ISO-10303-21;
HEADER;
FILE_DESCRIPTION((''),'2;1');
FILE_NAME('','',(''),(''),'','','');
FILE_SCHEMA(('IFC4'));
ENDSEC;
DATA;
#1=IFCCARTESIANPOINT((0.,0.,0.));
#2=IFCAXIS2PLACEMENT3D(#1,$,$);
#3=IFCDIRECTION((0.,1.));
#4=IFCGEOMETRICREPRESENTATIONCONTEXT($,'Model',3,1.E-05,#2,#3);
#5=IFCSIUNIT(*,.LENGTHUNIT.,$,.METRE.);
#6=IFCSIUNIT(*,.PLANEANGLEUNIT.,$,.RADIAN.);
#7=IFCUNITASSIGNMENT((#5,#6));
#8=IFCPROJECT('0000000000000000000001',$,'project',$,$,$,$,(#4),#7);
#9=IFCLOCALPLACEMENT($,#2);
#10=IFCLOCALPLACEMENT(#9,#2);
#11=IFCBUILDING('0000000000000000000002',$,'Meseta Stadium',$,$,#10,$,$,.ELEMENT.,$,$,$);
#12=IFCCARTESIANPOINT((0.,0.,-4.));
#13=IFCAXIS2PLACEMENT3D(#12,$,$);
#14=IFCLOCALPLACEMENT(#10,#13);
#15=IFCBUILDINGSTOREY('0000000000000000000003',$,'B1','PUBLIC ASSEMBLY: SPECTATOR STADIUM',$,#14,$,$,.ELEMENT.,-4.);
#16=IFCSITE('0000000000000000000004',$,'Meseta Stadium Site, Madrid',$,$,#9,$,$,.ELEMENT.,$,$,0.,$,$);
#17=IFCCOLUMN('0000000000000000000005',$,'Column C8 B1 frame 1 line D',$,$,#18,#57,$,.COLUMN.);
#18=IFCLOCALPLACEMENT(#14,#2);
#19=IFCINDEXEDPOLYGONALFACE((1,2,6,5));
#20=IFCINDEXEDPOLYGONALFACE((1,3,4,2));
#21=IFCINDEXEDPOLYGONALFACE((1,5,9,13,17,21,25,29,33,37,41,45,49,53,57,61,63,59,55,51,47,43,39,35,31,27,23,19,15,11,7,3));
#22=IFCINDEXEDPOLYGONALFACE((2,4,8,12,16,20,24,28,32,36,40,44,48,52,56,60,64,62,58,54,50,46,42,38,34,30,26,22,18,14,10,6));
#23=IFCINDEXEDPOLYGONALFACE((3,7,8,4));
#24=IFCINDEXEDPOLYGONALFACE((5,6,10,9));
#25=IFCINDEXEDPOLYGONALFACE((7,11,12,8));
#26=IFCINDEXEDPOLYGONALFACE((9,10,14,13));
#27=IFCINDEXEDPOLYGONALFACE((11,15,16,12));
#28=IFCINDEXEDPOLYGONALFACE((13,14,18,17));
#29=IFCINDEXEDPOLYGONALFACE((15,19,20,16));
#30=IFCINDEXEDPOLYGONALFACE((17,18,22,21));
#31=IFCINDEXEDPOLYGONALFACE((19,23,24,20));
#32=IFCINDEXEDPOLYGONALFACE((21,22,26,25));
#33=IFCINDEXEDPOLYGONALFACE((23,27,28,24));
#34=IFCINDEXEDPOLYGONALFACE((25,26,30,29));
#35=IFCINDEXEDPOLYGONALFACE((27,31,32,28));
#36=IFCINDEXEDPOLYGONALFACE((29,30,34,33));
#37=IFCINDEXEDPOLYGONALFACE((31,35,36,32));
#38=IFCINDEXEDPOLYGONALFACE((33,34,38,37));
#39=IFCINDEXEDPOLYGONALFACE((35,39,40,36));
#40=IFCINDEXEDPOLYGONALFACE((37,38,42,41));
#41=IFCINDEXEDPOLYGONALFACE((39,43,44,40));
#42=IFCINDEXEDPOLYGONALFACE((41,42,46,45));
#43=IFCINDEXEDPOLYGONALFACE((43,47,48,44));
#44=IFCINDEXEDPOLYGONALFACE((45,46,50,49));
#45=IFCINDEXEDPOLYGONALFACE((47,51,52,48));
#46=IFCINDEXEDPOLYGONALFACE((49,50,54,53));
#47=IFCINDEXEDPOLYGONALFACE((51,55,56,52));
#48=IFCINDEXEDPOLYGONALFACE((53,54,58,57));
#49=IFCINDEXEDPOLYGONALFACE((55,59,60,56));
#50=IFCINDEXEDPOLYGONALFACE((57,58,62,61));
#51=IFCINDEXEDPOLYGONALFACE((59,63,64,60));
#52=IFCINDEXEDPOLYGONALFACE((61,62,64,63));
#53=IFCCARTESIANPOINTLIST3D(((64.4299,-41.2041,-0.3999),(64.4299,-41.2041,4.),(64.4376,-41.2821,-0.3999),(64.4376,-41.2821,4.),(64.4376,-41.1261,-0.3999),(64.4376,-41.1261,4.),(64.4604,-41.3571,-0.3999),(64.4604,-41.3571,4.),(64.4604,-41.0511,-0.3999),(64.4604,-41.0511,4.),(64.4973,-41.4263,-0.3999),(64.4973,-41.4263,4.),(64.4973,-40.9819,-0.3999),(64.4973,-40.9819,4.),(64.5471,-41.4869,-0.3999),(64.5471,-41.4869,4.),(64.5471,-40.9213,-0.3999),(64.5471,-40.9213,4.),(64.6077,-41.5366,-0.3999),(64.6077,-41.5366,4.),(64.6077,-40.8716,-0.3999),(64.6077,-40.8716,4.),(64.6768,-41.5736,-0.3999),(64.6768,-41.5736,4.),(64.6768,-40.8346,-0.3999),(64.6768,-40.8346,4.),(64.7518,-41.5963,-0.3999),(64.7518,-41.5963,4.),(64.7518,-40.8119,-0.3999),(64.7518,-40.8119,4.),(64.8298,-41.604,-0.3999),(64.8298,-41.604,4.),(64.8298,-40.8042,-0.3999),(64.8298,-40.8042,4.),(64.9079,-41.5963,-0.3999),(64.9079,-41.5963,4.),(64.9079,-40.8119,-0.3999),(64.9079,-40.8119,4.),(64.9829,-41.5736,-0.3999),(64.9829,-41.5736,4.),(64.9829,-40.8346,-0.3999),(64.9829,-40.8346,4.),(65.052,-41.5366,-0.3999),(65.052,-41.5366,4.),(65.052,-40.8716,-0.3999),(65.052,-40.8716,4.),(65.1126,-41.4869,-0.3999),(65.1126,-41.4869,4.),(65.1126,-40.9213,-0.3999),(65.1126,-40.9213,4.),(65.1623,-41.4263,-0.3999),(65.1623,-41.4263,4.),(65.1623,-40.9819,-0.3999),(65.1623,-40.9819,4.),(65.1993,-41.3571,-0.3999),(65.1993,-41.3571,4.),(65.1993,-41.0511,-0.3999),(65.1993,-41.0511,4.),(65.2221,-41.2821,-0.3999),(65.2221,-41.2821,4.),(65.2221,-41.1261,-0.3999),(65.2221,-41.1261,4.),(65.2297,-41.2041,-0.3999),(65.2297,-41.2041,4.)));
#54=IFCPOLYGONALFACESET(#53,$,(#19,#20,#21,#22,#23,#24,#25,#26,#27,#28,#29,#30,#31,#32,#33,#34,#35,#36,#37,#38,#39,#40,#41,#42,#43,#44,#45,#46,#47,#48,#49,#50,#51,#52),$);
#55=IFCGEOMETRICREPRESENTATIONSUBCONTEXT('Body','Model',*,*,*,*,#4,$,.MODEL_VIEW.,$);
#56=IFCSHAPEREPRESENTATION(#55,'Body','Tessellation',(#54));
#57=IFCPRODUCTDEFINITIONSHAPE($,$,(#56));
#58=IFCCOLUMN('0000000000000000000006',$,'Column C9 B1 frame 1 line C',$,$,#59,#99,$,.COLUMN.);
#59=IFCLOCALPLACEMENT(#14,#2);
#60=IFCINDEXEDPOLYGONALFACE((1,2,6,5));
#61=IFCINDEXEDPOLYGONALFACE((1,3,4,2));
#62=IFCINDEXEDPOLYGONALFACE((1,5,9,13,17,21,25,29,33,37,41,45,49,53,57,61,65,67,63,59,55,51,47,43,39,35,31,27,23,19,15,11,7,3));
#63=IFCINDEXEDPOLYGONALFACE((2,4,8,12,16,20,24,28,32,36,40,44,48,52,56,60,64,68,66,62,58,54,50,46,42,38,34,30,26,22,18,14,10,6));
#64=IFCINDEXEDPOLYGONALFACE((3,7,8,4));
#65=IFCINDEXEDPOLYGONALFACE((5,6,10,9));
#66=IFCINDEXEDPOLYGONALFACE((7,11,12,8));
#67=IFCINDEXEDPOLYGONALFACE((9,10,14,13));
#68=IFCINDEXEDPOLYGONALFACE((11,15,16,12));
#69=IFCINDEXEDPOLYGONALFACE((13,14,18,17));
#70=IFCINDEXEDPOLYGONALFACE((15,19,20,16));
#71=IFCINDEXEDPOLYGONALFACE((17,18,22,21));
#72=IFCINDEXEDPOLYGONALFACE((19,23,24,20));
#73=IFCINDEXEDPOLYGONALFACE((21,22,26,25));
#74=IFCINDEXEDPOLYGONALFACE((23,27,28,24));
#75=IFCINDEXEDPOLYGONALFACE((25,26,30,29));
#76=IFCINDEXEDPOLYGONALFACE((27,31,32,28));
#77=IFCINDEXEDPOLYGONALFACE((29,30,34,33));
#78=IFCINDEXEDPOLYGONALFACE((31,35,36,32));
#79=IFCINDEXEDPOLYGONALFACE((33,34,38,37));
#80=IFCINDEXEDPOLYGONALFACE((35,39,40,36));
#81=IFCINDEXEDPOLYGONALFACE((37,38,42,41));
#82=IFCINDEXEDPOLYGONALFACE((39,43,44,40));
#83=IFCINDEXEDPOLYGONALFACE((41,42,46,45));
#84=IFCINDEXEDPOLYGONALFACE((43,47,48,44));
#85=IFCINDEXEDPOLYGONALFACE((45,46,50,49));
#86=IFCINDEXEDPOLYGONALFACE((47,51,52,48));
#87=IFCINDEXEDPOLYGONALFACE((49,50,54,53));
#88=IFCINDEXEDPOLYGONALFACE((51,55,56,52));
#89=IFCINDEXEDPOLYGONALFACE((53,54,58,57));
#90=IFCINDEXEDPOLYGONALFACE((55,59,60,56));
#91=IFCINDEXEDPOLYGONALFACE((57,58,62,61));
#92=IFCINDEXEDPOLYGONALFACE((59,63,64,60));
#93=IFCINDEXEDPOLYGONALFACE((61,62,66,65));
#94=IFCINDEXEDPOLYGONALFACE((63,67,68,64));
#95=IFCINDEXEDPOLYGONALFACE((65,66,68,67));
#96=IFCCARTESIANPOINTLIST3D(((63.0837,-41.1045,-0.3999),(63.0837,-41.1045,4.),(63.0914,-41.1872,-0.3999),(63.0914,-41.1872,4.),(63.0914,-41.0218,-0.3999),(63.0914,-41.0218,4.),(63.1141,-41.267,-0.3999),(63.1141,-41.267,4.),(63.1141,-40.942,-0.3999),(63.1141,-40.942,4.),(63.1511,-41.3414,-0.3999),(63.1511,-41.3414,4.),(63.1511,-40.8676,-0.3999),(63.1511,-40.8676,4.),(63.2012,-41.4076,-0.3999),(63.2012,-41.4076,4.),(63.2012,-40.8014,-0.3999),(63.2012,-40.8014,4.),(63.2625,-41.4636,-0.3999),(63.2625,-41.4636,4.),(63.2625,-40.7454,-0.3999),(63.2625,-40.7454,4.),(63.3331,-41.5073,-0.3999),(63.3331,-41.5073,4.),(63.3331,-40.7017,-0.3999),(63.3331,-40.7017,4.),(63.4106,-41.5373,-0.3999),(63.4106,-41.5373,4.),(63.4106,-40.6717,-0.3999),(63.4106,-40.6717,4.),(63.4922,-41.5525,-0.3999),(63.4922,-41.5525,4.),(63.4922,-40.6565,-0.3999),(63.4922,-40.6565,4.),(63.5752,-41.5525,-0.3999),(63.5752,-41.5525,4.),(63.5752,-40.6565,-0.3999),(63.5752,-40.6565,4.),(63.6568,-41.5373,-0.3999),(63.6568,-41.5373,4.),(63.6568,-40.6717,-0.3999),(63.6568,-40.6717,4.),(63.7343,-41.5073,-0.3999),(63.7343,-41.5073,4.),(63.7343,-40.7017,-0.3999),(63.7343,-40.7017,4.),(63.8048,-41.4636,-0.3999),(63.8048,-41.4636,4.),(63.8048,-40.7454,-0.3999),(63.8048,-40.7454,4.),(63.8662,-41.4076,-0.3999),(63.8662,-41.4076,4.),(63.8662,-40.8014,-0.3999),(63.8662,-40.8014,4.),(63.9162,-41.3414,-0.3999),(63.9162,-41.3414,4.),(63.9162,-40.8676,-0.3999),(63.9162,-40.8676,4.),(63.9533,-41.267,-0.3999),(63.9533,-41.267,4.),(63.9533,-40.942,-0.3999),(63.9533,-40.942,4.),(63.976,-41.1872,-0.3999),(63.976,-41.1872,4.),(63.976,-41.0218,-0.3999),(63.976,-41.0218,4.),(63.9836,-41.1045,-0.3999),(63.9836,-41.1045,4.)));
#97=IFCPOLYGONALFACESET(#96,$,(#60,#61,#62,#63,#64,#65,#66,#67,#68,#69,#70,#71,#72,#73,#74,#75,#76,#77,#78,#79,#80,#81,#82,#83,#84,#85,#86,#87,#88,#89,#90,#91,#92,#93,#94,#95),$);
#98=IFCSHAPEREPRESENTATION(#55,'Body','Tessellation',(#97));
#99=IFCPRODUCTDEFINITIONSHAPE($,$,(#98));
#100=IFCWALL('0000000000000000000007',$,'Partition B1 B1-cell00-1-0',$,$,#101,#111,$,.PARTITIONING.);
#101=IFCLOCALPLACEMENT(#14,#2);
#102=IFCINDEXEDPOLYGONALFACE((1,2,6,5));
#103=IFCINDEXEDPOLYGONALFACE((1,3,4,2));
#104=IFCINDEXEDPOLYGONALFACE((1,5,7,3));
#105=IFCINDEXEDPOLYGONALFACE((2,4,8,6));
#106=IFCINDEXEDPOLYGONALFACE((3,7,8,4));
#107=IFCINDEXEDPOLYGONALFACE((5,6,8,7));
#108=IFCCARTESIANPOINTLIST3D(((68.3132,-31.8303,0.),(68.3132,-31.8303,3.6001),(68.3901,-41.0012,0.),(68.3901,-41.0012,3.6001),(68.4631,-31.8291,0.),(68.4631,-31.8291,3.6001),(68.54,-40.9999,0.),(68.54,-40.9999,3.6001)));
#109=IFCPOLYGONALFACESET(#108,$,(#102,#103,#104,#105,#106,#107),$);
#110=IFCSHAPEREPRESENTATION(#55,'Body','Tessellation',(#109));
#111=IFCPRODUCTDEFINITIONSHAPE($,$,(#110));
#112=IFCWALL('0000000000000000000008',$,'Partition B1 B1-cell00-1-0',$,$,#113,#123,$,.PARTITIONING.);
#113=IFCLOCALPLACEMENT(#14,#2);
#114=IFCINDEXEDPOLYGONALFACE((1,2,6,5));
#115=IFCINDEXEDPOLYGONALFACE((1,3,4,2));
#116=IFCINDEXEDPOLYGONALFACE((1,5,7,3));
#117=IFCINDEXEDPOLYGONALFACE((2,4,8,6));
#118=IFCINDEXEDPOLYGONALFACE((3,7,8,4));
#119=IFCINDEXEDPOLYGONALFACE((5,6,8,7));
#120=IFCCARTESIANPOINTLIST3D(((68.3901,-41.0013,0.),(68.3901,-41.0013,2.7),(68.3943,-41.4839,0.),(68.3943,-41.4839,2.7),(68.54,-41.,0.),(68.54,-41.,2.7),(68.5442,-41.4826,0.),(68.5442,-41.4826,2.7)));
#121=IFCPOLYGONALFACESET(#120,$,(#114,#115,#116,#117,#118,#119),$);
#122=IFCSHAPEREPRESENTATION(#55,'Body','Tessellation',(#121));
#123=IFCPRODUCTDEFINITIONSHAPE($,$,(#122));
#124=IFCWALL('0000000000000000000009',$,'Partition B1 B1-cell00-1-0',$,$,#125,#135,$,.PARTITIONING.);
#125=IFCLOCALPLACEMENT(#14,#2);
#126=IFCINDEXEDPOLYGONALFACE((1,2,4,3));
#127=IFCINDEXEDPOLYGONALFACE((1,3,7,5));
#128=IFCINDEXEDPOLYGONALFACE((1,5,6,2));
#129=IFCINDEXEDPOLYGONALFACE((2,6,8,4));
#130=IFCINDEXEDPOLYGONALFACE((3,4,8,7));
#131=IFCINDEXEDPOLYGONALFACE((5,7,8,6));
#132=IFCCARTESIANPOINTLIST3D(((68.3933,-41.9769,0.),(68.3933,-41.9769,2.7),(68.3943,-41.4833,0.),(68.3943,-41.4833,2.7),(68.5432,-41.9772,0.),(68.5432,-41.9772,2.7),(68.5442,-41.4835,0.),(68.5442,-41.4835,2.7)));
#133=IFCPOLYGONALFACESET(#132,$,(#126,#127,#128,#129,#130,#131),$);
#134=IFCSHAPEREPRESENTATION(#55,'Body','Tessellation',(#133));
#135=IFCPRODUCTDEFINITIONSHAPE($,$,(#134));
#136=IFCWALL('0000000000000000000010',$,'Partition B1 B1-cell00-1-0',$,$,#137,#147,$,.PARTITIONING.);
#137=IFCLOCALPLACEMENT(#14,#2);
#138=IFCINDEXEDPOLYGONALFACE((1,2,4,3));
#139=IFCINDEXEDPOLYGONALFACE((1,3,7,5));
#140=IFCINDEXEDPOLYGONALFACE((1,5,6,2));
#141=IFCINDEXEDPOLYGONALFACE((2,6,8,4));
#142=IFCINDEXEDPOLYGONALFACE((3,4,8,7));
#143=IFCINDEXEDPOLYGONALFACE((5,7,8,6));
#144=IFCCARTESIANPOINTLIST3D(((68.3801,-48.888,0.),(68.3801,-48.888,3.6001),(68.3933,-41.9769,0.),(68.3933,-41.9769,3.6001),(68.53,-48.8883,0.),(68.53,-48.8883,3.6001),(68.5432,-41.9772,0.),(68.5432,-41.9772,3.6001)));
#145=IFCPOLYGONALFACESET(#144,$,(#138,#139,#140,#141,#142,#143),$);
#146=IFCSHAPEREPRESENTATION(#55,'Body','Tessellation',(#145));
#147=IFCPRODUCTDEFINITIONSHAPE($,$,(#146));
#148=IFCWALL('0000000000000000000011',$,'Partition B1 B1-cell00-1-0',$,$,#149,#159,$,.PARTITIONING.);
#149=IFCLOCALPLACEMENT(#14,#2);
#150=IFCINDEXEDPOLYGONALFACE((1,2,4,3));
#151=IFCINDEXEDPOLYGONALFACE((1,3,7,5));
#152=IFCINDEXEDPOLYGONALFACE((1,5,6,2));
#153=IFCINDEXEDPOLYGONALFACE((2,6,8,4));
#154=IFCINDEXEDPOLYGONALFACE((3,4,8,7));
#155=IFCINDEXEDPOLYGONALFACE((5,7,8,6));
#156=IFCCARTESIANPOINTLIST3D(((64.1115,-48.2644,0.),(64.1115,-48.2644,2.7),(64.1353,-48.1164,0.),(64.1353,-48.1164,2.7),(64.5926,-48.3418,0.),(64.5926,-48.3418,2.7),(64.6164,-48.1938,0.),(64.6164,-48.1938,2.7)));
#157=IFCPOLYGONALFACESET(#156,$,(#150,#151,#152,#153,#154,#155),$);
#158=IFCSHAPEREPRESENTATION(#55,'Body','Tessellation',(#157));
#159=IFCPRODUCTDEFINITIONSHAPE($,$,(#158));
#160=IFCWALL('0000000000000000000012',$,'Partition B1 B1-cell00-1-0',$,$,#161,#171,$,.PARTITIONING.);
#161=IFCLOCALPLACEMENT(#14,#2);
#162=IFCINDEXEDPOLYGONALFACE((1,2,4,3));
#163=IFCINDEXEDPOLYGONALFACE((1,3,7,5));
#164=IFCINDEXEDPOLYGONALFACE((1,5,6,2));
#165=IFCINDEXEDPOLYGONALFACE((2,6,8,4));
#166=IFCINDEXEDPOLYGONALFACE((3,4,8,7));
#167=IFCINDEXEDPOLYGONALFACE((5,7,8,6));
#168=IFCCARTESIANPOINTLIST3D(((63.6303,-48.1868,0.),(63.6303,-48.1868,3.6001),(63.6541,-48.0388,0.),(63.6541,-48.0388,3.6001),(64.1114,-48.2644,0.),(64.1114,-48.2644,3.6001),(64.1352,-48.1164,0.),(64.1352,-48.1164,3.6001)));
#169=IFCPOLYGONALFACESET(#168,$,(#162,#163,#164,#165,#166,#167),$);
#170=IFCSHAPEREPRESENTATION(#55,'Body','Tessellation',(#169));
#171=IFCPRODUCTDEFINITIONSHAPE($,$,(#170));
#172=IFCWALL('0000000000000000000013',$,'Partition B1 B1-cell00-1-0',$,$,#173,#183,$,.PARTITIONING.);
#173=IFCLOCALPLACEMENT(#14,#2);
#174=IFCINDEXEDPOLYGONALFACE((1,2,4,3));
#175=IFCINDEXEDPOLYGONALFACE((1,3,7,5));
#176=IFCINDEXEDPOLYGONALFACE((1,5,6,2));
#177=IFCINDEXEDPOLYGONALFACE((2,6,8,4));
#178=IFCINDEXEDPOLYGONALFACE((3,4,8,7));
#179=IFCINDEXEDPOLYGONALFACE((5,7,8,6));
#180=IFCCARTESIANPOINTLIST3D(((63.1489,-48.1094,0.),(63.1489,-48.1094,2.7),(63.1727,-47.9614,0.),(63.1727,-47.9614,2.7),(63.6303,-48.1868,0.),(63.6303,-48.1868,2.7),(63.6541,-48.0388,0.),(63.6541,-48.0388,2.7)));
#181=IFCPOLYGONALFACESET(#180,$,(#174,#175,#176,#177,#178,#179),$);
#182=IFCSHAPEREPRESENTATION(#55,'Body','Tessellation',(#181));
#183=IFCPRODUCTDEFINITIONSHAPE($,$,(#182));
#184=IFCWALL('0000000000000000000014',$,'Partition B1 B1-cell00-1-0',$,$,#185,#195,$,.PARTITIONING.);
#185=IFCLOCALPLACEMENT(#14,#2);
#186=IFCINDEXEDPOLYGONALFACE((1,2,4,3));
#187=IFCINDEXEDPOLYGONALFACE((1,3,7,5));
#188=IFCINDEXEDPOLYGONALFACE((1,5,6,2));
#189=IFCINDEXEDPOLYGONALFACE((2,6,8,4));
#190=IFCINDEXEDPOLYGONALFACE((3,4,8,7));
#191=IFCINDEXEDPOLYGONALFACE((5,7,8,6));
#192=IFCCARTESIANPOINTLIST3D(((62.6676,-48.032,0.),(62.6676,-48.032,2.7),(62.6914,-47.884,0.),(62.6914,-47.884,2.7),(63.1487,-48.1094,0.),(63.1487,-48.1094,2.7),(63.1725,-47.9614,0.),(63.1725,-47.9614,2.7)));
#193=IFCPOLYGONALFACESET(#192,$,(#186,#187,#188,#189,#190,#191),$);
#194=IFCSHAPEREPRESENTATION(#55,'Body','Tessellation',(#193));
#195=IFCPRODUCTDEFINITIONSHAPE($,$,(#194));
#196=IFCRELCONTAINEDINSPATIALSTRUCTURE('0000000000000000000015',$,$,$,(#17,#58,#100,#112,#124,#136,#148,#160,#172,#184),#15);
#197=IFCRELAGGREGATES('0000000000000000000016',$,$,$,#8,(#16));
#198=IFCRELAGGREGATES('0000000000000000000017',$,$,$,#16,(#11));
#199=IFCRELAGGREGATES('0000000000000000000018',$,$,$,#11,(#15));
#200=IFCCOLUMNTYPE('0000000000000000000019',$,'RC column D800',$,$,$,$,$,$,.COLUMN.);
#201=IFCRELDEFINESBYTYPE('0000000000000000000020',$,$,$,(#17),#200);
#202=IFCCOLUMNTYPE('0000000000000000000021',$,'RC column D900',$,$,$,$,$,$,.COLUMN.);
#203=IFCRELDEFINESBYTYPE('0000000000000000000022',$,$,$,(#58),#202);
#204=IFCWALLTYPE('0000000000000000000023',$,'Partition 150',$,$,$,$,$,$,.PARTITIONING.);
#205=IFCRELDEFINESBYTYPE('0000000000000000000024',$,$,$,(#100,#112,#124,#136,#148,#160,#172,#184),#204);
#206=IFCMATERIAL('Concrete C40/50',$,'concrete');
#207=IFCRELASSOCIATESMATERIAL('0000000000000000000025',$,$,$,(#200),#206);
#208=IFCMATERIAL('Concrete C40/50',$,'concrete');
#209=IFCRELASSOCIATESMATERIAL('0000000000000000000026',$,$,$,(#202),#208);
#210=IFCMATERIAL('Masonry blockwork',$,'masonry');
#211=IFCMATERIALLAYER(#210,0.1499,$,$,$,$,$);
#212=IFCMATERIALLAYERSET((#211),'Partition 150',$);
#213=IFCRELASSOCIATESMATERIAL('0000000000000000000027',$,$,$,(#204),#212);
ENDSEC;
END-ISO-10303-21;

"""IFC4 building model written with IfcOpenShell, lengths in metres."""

from ifc_helpers import new_model, si_unit, direction, frame, frame_2d, origin, origin_2d, place, context, subcontext, project, spatial, rectangle, circle, extrude, material, layer, layer_set, material_profile, profile_set, type_object, element, save


model = new_model("IFC4")

# Units and contexts
model_context = context("Model", 3, precision=1e-05, world=origin(), true_north=direction((0.0, 1.0)))
body_context = subcontext(model_context, "Body", "Model", "MODEL_VIEW")
ifc_project = project(units=[si_unit("LENGTHUNIT", "METRE"), si_unit("PLANEANGLEUNIT", "RADIAN")], contexts=[model_context])

# Site, building, storey
site_placement = place(None, origin())
site = spatial("IfcSite", under=ifc_project, at=site_placement, Name="Meseta Stadium Site, Madrid", CompositionType="ELEMENT", RefElevation=0.0)
building_placement = place(site_placement, origin())
building = spatial("IfcBuilding", under=site, at=building_placement, Name="Meseta Stadium", CompositionType="ELEMENT")
storey_placement = place(building_placement, frame((0.0, 0.0, -4.0)))
storey = spatial("IfcBuildingStorey", under=building, at=storey_placement, Name="B1", Description="PUBLIC ASSEMBLY: SPECTATOR STADIUM", CompositionType="ELEMENT", Elevation=-4.0)

# Columns
ifc_material_1 = material(Name="Concrete C40/50", Category="concrete")
ifc_material_profile_1 = material_profile(ifc_material_1, circle(Radius=0.3999, at=origin_2d()), Name="RC D800")
ifc_profile_set_1 = profile_set([ifc_material_profile_1], Name="Concrete C40/50")
column_type_1 = type_object("IfcColumnType", Name="RC column D800", PredefinedType="COLUMN", material=ifc_profile_set_1)
column_1_placement = place(storey_placement, frame((64.8298, -41.2041, -0.3999), z_axis=(0.0, 0.0, 1.0), x_axis=(1.0, 0.0, 0.0)))
element("IfcColumn", 1, at=column_1_placement, inside=storey, type_object=column_type_1, Name="Column C8 B1 frame 1 line D", PredefinedType="COLUMN", context=body_context, shape_type="SweptSolid", body=[
    extrude(circle(Radius=0.3999, at=origin_2d()), origin(), (0.0, 0.0, 1.0), 4.3999),
])
ifc_material_2 = material(Name="Concrete C40/50", Category="concrete")
ifc_material_profile_2 = material_profile(ifc_material_2, circle(Radius=0.45, at=origin_2d()), Name="RC D900")
ifc_profile_set_2 = profile_set([ifc_material_profile_2], Name="Concrete C40/50")
column_type_2 = type_object("IfcColumnType", Name="RC column D900", PredefinedType="COLUMN", material=ifc_profile_set_2)
column_2_placement = place(storey_placement, frame((63.5337, -41.1045, -0.3999), z_axis=(0.0, 0.0, 1.0), x_axis=(1.0, 0.0, 0.0)))
element("IfcColumn", 2, at=column_2_placement, inside=storey, type_object=column_type_2, Name="Column C9 B1 frame 1 line C", PredefinedType="COLUMN", context=body_context, shape_type="SweptSolid", body=[
    extrude(circle(Radius=0.45, at=origin_2d()), origin(), (0.0, 0.0, 1.0), 4.3999),
])

# Walls
ifc_material_3 = material(Name="Masonry blockwork", Category="masonry")
ifc_layer = layer(ifc_material_3, 0.1499)
ifc_layer_set = layer_set([ifc_layer], Name="Partition 150")
wall_type = type_object("IfcWallType", Name="Partition 150", PredefinedType="PARTITIONING", material=ifc_layer_set)
wall_1_placement = place(storey_placement, frame((68.3882, -31.8298, 0.0), z_axis=(0.0, 0.0, 1.0), x_axis=(0.008385, -0.999965, 0.0)))
element("IfcWall", 3, at=wall_1_placement, inside=storey, type_object=wall_type, Name="Partition B1 B1-cell00-1-0", PredefinedType="PARTITIONING", context=body_context, shape_type="SweptSolid", body=[
    extrude(rectangle(XDim=9.1711, YDim=0.1499, at=frame_2d((4.5854, 0.0))), origin(), (0.0, 0.0, 1.0), 3.6001),
])
wall_2_placement = place(storey_placement, frame((68.4651, -41.0007, 0.0), z_axis=(0.0, 0.0, 1.0), x_axis=(0.008599, -0.999963, 0.0)))
element("IfcWall", 4, at=wall_2_placement, inside=storey, type_object=wall_type, Name="Partition B1 B1-cell00-1-0", PredefinedType="PARTITIONING", context=body_context, shape_type="SweptSolid", body=[
    extrude(rectangle(XDim=0.4827, YDim=0.1499, at=frame_2d((0.2412, 0.0))), origin(), (0.0, 0.0, 1.0), 2.7),
])
wall_3_placement = place(storey_placement, frame((68.4692, -41.4834, 0.0), z_axis=(0.0, 0.0, 1.0), x_axis=(-0.001978, -0.999998, 0.0)))
element("IfcWall", 5, at=wall_3_placement, inside=storey, type_object=wall_type, Name="Partition B1 B1-cell00-1-0", PredefinedType="PARTITIONING", context=body_context, shape_type="SweptSolid", body=[
    extrude(rectangle(XDim=0.4937, YDim=0.1499, at=frame_2d((0.2468, 0.0))), origin(), (0.0, 0.0, 1.0), 2.7),
])
wall_4_placement = place(storey_placement, frame((68.4683, -41.9771, 0.0), z_axis=(0.0, 0.0, 1.0), x_axis=(-0.001908, -0.999998, 0.0)))
element("IfcWall", 6, at=wall_4_placement, inside=storey, type_object=wall_type, Name="Partition B1 B1-cell00-1-0", PredefinedType="PARTITIONING", context=body_context, shape_type="SweptSolid", body=[
    extrude(rectangle(XDim=6.9111, YDim=0.1499, at=frame_2d((3.4556, 0.0))), origin(), (0.0, 0.0, 1.0), 3.6001),
])
wall_5_placement = place(storey_placement, frame((64.6045, -48.2678, 0.0), z_axis=(0.0, 0.0, 1.0), x_axis=(-0.987312, 0.158791, 0.0)))
element("IfcWall", 7, at=wall_5_placement, inside=storey, type_object=wall_type, Name="Partition B1 B1-cell00-1-0", PredefinedType="PARTITIONING", context=body_context, shape_type="SweptSolid", body=[
    extrude(rectangle(XDim=0.4873, YDim=0.1499, at=frame_2d((0.2437, 0.0))), origin(), (0.0, 0.0, 1.0), 2.7),
])
wall_6_placement = place(storey_placement, frame((64.1233, -48.1904, 0.0), z_axis=(0.0, 0.0, 1.0), x_axis=(-0.987233, 0.15928, 0.0)))
element("IfcWall", 8, at=wall_6_placement, inside=storey, type_object=wall_type, Name="Partition B1 B1-cell00-1-0", PredefinedType="PARTITIONING", context=body_context, shape_type="SweptSolid", body=[
    extrude(rectangle(XDim=0.4873, YDim=0.1499, at=frame_2d((0.2437, 0.0))), origin(), (0.0, 0.0, 1.0), 3.6001),
])
wall_7_placement = place(storey_placement, frame((63.6421, -48.1128, 0.0), z_axis=(0.0, 0.0, 1.0), x_axis=(-0.987325, 0.158713, 0.0)))
element("IfcWall", 9, at=wall_7_placement, inside=storey, type_object=wall_type, Name="Partition B1 B1-cell00-1-0", PredefinedType="PARTITIONING", context=body_context, shape_type="SweptSolid", body=[
    extrude(rectangle(XDim=0.4875, YDim=0.1499, at=frame_2d((0.2437, 0.0))), origin(), (0.0, 0.0, 1.0), 2.7),
])
wall_8_placement = place(storey_placement, frame((63.1606, -48.0354, 0.0), z_axis=(0.0, 0.0, 1.0), x_axis=(-0.987312, 0.158791, 0.0)))
element("IfcWall", 10, at=wall_8_placement, inside=storey, type_object=wall_type, Name="Partition B1 B1-cell00-1-0", PredefinedType="PARTITIONING", context=body_context, shape_type="SweptSolid", body=[
    extrude(rectangle(XDim=0.4873, YDim=0.1499, at=frame_2d((0.2437, 0.0))), origin(), (0.0, 0.0, 1.0), 2.7),
])

save(model, "model.ifc")
